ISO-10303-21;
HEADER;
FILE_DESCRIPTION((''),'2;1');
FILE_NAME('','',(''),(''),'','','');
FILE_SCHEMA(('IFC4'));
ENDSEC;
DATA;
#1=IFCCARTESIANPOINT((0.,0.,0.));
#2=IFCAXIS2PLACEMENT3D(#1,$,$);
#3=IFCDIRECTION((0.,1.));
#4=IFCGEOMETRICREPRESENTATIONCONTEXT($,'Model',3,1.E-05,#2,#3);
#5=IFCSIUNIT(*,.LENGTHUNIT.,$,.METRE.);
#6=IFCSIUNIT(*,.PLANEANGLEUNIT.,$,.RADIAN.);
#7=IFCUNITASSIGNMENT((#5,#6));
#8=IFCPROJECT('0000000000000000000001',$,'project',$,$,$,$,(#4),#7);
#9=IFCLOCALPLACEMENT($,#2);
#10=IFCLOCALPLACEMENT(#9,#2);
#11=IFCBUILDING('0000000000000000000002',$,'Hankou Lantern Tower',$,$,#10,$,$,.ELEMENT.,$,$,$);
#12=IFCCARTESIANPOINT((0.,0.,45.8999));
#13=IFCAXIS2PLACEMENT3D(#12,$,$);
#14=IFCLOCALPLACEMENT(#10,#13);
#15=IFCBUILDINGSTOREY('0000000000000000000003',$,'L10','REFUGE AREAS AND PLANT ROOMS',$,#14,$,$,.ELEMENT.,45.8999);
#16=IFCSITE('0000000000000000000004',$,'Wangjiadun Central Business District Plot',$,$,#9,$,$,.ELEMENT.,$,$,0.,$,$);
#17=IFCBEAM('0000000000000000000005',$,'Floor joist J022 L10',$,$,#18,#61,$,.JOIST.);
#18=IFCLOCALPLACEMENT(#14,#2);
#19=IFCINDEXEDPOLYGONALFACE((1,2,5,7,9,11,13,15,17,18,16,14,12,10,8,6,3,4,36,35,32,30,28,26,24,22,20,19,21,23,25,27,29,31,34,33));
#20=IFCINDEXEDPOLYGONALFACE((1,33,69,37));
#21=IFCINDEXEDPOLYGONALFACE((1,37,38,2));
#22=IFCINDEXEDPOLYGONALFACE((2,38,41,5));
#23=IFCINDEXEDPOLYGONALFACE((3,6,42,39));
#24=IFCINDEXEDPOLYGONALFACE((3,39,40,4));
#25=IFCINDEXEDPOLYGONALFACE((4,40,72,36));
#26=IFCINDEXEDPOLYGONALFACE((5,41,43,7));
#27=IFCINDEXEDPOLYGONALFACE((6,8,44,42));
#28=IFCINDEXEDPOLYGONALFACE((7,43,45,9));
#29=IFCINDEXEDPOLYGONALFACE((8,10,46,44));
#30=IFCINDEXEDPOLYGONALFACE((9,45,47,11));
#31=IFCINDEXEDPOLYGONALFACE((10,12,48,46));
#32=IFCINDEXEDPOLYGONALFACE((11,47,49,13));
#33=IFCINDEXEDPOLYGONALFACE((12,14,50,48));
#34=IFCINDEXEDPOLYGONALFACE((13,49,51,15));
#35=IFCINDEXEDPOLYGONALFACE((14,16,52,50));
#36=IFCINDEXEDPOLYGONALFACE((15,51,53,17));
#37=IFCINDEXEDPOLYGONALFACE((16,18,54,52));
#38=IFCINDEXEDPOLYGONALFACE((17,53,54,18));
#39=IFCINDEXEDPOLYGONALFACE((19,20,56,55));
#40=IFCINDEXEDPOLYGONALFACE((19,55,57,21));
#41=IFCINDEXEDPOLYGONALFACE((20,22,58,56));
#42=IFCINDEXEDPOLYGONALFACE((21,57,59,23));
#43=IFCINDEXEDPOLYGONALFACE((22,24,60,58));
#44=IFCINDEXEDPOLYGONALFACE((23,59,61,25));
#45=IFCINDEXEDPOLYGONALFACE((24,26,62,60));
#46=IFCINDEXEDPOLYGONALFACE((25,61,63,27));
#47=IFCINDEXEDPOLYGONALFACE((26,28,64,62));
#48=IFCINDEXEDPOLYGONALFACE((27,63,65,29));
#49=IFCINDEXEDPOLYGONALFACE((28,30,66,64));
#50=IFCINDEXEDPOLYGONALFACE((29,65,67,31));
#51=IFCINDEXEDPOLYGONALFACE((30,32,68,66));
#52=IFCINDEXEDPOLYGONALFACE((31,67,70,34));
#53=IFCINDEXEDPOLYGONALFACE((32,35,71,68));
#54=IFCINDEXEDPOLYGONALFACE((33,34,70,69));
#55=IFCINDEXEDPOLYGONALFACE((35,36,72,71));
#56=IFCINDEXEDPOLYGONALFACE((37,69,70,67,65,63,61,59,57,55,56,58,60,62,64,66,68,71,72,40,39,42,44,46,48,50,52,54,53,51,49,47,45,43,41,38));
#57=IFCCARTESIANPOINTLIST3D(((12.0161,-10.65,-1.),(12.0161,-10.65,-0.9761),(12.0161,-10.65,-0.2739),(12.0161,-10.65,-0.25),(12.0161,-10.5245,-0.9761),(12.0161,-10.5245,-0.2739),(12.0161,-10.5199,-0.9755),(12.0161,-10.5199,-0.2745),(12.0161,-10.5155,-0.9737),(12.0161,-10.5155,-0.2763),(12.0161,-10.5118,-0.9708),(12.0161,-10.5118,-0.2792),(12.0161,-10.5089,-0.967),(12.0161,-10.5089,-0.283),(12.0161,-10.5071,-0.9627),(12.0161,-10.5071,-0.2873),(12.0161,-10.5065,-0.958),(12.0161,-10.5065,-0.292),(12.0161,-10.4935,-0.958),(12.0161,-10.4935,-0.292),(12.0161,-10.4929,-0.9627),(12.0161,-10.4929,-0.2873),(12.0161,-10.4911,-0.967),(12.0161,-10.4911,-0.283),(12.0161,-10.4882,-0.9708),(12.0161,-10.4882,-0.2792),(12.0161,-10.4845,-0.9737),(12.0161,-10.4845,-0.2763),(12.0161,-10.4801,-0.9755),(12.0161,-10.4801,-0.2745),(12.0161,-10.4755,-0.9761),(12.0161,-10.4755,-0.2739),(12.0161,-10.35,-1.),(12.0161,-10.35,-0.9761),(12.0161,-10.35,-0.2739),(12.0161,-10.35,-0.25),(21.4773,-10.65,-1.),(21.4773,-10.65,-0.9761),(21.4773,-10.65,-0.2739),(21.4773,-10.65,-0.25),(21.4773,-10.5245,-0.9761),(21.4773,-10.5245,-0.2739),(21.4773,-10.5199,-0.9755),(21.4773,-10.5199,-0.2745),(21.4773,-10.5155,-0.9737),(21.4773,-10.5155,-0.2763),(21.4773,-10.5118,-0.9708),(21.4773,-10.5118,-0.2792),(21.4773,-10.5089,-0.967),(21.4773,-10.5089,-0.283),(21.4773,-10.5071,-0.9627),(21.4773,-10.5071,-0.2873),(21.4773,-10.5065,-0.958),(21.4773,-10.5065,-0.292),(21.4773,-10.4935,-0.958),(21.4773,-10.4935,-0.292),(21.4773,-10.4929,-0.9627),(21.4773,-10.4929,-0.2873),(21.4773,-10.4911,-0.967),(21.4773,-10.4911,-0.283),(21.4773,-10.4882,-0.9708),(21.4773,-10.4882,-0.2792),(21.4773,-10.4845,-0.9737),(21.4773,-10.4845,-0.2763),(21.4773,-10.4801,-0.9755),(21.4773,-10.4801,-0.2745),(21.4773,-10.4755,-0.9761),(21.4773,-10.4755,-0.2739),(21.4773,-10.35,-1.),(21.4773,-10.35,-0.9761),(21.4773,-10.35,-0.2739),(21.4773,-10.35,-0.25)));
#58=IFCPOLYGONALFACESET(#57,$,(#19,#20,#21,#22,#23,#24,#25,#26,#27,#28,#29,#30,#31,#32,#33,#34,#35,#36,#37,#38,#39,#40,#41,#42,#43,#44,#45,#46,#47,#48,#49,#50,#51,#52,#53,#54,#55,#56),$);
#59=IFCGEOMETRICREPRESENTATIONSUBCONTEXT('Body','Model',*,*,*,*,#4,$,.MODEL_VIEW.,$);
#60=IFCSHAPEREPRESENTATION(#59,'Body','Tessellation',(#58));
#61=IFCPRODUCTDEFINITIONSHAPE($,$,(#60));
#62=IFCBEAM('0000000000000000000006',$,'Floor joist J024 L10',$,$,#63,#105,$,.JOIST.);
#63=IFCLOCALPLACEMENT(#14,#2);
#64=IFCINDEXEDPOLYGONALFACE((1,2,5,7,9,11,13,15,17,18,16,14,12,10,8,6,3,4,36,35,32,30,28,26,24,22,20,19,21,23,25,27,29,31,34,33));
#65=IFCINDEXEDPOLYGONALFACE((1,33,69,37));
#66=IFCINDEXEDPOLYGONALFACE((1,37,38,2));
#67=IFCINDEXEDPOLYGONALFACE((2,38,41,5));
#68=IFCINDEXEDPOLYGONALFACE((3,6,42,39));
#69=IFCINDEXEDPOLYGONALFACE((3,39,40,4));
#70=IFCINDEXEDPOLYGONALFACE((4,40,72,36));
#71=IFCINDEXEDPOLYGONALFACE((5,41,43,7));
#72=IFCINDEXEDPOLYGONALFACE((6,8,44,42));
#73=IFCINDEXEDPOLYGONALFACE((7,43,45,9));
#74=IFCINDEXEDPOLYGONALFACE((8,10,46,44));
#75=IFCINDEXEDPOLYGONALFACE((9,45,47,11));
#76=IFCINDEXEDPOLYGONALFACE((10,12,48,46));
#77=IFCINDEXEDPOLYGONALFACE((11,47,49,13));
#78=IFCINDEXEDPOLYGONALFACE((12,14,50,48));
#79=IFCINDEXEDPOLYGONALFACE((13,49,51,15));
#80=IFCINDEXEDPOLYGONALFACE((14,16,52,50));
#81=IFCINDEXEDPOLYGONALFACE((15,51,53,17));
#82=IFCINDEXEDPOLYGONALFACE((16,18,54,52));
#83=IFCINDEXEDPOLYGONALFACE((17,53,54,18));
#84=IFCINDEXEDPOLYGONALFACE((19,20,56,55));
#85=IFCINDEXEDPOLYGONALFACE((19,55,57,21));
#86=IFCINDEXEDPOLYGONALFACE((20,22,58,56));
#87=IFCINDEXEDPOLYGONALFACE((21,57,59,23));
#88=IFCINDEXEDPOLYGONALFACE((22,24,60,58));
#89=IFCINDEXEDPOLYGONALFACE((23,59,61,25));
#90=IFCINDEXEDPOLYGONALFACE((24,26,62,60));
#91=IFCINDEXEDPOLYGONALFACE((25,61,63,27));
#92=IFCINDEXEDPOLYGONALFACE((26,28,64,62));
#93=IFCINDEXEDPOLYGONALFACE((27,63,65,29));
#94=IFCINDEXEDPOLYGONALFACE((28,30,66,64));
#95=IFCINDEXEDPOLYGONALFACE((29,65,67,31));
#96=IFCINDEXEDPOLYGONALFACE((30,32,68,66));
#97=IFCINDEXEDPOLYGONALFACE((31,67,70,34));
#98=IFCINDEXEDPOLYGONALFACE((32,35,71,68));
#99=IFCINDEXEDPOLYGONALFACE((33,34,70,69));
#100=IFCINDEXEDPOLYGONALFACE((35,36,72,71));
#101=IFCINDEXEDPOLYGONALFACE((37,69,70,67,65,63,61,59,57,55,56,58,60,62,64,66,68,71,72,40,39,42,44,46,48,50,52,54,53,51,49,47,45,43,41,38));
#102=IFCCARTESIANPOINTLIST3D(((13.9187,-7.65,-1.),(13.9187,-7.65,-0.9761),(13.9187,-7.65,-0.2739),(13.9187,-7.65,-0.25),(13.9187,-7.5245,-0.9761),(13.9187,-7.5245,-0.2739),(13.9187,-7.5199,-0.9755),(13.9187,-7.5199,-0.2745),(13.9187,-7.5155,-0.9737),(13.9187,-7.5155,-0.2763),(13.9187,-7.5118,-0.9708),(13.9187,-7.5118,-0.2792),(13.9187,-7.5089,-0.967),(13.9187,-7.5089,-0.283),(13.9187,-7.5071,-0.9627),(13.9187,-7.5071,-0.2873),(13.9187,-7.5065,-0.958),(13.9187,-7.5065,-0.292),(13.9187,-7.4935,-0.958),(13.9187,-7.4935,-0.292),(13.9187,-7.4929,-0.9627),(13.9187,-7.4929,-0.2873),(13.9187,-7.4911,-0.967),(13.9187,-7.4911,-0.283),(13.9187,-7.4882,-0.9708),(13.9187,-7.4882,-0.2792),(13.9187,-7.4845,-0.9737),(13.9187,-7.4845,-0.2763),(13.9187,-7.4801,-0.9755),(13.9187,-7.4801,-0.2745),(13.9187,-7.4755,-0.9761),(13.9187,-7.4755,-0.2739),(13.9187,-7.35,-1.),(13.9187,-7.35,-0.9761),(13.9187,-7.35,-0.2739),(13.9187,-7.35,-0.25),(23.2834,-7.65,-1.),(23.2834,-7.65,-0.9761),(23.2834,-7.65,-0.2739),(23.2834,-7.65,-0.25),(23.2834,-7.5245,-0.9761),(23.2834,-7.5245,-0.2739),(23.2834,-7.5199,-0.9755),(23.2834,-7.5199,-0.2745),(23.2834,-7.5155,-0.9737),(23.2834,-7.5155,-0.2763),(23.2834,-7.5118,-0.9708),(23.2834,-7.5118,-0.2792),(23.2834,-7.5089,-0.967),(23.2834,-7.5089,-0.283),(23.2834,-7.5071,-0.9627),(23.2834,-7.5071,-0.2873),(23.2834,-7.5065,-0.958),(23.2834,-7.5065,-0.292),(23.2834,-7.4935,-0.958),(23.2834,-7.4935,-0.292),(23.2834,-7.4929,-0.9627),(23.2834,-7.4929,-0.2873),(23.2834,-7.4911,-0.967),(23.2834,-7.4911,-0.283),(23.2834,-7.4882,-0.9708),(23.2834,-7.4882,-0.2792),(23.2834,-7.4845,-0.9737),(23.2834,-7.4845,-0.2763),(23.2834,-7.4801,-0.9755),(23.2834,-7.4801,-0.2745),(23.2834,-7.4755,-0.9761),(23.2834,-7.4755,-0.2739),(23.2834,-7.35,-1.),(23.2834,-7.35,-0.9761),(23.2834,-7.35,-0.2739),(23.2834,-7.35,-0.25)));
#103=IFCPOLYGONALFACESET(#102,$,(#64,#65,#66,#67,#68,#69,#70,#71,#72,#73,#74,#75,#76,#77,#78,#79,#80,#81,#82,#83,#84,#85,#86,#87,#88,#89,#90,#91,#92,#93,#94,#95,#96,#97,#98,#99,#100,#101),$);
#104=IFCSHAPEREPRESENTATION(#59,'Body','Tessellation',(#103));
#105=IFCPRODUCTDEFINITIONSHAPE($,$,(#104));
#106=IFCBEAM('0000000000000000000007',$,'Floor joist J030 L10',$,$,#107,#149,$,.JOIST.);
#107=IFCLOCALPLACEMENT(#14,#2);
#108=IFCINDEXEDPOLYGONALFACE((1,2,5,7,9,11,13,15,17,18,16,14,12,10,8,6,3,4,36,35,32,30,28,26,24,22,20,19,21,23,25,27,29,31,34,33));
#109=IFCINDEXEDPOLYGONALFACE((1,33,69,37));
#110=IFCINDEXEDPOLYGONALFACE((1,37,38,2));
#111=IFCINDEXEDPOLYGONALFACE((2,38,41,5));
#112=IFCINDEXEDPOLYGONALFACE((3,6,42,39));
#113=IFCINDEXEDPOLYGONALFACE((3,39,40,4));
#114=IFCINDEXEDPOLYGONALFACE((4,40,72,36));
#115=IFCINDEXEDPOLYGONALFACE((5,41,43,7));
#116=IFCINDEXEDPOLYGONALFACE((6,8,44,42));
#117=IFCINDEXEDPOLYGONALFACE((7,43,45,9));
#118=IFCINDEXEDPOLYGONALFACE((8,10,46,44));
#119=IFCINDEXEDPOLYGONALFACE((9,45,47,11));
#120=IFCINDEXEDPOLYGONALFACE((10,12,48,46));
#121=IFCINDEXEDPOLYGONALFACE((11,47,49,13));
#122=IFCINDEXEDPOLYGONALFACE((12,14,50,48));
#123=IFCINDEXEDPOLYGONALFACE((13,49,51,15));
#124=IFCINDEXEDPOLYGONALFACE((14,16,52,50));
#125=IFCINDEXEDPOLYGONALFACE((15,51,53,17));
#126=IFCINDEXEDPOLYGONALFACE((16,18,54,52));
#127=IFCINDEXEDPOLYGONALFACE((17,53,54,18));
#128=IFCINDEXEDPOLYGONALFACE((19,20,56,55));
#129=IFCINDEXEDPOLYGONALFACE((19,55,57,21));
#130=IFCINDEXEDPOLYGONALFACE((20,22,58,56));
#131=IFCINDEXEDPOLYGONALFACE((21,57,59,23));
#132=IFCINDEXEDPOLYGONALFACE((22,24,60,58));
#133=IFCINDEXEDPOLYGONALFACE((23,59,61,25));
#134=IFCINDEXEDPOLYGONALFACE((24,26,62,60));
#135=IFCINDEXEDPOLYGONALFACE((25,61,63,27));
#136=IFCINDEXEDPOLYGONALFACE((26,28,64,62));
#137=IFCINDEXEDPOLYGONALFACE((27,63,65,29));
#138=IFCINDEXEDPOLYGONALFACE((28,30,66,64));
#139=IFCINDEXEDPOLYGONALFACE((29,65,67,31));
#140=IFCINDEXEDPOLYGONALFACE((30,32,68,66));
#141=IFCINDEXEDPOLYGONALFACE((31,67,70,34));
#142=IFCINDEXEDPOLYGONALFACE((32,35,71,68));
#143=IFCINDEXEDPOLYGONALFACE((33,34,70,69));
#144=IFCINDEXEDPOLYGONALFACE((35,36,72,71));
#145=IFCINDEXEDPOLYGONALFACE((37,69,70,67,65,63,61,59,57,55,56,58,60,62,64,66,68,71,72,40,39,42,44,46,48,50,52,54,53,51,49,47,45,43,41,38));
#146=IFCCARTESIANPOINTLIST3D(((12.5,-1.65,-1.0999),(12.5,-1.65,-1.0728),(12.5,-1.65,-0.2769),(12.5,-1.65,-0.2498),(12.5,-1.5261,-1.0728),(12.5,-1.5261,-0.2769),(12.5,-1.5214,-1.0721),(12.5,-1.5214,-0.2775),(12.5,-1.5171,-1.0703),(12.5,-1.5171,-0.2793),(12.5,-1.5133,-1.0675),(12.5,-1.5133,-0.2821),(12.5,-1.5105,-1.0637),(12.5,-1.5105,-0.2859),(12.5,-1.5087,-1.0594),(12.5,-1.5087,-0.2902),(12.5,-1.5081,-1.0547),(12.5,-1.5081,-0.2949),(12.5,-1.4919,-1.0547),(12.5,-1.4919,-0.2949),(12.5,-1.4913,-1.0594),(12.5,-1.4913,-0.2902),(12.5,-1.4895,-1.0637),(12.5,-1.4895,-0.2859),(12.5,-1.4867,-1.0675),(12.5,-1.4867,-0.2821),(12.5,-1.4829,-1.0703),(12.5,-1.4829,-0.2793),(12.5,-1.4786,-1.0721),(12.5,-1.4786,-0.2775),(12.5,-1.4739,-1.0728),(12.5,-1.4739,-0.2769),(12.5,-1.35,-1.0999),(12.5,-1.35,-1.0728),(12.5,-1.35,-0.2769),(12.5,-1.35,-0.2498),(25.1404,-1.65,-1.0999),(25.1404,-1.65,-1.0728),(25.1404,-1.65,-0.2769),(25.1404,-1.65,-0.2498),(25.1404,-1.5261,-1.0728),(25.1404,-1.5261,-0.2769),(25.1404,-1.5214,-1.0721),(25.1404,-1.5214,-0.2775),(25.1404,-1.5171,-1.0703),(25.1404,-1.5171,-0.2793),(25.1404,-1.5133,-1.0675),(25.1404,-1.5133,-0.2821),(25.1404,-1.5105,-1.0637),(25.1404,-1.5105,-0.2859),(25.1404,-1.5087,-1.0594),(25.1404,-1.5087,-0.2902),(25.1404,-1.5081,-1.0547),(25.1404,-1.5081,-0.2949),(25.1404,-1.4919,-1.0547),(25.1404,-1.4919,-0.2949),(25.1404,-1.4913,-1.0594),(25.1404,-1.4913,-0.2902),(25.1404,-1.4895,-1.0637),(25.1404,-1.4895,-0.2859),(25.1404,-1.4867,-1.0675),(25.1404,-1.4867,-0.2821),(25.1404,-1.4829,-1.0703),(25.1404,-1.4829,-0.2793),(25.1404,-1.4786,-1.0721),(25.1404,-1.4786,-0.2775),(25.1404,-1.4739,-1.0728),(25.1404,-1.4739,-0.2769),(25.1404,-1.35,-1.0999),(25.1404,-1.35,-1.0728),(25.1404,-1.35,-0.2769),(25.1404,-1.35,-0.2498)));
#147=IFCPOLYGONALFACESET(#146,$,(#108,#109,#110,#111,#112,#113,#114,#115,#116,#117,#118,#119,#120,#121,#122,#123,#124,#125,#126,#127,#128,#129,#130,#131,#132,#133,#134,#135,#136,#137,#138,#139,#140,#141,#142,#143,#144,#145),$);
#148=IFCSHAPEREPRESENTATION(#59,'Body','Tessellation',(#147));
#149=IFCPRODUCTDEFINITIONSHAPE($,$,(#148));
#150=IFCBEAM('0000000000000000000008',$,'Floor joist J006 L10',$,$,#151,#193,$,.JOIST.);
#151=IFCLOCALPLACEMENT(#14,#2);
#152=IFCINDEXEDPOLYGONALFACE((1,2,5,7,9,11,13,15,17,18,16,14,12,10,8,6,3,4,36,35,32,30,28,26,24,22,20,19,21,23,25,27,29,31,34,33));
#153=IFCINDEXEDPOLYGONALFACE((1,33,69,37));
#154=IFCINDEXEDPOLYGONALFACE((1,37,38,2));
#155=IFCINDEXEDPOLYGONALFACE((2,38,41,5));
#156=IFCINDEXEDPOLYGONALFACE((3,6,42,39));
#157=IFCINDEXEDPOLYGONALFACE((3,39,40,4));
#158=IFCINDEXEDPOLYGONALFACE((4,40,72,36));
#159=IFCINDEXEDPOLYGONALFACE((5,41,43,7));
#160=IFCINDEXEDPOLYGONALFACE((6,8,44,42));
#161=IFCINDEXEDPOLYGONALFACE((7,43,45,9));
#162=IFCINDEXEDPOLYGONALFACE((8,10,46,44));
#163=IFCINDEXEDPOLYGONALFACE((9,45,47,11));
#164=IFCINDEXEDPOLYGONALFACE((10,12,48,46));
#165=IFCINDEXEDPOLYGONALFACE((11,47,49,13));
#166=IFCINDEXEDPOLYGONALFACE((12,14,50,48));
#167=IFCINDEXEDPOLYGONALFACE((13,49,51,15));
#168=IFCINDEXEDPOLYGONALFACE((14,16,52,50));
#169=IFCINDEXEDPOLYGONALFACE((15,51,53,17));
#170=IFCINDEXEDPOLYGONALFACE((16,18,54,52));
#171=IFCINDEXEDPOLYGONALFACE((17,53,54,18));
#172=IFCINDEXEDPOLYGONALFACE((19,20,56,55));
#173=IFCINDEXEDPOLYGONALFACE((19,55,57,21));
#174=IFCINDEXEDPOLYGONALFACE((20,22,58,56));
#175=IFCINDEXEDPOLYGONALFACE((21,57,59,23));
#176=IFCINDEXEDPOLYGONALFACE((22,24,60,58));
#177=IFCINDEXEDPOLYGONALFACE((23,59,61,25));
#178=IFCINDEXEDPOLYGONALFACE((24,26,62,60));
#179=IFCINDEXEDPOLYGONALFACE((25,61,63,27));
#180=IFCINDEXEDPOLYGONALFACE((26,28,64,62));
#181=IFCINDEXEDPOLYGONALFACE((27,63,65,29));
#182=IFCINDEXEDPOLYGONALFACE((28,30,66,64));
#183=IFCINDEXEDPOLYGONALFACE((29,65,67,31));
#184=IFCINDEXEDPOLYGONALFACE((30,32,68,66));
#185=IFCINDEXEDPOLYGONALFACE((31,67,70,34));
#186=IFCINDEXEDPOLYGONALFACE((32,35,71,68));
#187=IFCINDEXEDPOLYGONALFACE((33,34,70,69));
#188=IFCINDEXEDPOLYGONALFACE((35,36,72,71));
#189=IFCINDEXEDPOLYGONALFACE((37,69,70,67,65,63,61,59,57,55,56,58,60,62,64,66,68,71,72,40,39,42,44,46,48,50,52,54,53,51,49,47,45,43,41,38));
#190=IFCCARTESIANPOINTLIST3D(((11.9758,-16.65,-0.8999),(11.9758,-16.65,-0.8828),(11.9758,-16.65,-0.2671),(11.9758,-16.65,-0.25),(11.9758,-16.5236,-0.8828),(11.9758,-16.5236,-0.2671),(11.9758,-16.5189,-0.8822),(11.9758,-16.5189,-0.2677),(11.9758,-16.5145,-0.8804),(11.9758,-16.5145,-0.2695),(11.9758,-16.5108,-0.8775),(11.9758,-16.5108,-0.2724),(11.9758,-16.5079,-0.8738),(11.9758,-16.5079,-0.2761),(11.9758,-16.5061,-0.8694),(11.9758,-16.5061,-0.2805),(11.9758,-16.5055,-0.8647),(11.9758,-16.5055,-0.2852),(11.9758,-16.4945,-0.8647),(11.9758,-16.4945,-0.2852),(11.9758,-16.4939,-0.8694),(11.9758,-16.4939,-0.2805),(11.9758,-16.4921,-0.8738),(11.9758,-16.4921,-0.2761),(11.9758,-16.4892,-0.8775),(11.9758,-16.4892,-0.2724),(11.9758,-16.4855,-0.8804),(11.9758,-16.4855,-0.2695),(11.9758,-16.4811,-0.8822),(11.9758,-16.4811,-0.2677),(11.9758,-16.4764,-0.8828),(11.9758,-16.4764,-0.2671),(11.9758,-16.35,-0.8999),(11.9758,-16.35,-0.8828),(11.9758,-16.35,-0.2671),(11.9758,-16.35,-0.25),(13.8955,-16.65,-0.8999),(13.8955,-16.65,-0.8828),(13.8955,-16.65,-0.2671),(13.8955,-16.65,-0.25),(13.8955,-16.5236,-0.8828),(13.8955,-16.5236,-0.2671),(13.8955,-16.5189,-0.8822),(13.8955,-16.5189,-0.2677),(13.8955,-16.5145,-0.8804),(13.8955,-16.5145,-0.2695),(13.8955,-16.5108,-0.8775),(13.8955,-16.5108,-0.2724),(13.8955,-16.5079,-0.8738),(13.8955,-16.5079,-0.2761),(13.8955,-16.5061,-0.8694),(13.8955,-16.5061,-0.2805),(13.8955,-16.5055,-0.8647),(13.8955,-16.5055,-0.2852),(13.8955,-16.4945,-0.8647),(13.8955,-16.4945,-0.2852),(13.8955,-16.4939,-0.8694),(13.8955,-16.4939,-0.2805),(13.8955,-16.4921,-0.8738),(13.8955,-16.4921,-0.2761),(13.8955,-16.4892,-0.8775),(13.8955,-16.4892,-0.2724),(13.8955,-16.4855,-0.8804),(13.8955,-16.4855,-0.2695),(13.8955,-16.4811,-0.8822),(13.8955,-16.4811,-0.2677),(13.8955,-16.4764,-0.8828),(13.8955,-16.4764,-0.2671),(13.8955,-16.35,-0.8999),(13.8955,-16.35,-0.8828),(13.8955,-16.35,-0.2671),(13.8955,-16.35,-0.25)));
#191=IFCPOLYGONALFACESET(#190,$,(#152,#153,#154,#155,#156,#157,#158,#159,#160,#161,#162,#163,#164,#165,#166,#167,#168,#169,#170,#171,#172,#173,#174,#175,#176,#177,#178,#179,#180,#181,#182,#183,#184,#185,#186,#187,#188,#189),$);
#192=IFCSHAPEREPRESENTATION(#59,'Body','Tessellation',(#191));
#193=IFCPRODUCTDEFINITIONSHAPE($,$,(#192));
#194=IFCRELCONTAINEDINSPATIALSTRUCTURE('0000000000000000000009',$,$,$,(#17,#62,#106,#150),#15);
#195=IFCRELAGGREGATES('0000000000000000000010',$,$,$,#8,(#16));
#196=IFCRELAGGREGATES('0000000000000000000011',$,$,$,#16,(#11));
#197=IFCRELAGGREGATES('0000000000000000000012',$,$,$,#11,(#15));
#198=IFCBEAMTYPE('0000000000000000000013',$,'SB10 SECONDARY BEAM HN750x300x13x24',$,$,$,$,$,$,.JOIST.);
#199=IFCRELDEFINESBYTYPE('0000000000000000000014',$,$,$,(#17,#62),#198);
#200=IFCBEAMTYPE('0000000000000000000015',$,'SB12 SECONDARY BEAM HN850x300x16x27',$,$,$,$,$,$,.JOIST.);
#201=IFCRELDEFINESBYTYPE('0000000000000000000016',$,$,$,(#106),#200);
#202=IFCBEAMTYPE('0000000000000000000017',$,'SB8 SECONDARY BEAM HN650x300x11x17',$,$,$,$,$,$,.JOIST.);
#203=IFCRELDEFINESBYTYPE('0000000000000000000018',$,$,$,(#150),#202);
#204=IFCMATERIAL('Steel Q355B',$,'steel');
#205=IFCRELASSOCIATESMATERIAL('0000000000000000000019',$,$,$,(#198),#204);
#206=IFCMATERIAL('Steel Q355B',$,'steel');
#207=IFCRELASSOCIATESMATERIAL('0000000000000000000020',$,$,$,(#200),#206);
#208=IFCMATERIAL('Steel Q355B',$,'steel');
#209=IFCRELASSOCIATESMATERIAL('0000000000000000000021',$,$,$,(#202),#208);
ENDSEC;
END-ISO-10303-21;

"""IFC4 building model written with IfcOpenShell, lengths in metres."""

from ifc_helpers import new_model, si_unit, direction, frame, origin, origin_2d, place, context, subcontext, project, spatial, i_section, extrude, material, material_profile, profile_set, type_object, element, save


model = new_model("IFC4")

# Units and contexts
model_context = context("Model", 3, precision=1e-05, world=origin(), true_north=direction((0.0, 1.0)))
body_context = subcontext(model_context, "Body", "Model", "MODEL_VIEW")
ifc_project = project(units=[si_unit("LENGTHUNIT", "METRE"), si_unit("PLANEANGLEUNIT", "RADIAN")], contexts=[model_context])

# Site, building, storey
site_placement = place(None, origin())
site = spatial("IfcSite", under=ifc_project, at=site_placement, Name="Wangjiadun Central Business District Plot", CompositionType="ELEMENT", RefElevation=0.0)
building_placement = place(site_placement, origin())
building = spatial("IfcBuilding", under=site, at=building_placement, Name="Hankou Lantern Tower", CompositionType="ELEMENT")
storey_placement = place(building_placement, frame((0.0, 0.0, 45.8999)))
storey = spatial("IfcBuildingStorey", under=building, at=storey_placement, Name="L10", Description="REFUGE AREAS AND PLANT ROOMS", CompositionType="ELEMENT", Elevation=45.8999)

# Beams
ifc_material_1 = material(Name="Steel Q355B", Category="steel")
ifc_material_profile_1 = material_profile(ifc_material_1, i_section(OverallWidth=0.3, OverallDepth=0.75, WebThickness=0.0129, FlangeThickness=0.0239, FilletRadius=0.0181, at=origin_2d()), Name="HN750x300x13x24")
ifc_profile_set_1 = profile_set([ifc_material_profile_1], Name="Steel Q355B")
beam_type_1 = type_object("IfcBeamType", Name="SB10 SECONDARY BEAM HN750x300x13x24", PredefinedType="JOIST", material=ifc_profile_set_1)
beam_1_placement = place(storey_placement, frame((12.0161, -10.5, -0.625), z_axis=(1.0, 0.0, 0.0), x_axis=(0.0, 1.0, 0.0)))
element("IfcBeam", 1, at=beam_1_placement, inside=storey, type_object=beam_type_1, Name="Floor joist J022 L10", PredefinedType="JOIST", context=body_context, shape_type="SweptSolid", body=[
    extrude(i_section(OverallWidth=0.3, OverallDepth=0.75, WebThickness=0.0129, FlangeThickness=0.0239, FilletRadius=0.0181, at=origin_2d()), origin(), (0.0, 0.0, 1.0), 9.4612),
])
beam_2_placement = place(storey_placement, frame((13.9187, -7.5, -0.625), z_axis=(1.0, 0.0, 0.0), x_axis=(0.0, 1.0, 0.0)))
element("IfcBeam", 2, at=beam_2_placement, inside=storey, type_object=beam_type_1, Name="Floor joist J024 L10", PredefinedType="JOIST", context=body_context, shape_type="SweptSolid", body=[
    extrude(i_section(OverallWidth=0.3, OverallDepth=0.75, WebThickness=0.0129, FlangeThickness=0.0239, FilletRadius=0.0181, at=origin_2d()), origin(), (0.0, 0.0, 1.0), 9.3647),
])
ifc_material_2 = material(Name="Steel Q355B", Category="steel")
ifc_material_profile_2 = material_profile(ifc_material_2, i_section(OverallWidth=0.3, OverallDepth=0.8501, WebThickness=0.0161, FlangeThickness=0.0271, FilletRadius=0.0181, at=origin_2d()), Name="HN850x300x16x27")
ifc_profile_set_2 = profile_set([ifc_material_profile_2], Name="Steel Q355B")
beam_type_2 = type_object("IfcBeamType", Name="SB12 SECONDARY BEAM HN850x300x16x27", PredefinedType="JOIST", material=ifc_profile_set_2)
beam_3_placement = place(storey_placement, frame((12.5, -1.5, -0.6748), z_axis=(1.0, 0.0, 0.0), x_axis=(0.0, 1.0, 0.0)))
element("IfcBeam", 3, at=beam_3_placement, inside=storey, type_object=beam_type_2, Name="Floor joist J030 L10", PredefinedType="JOIST", context=body_context, shape_type="SweptSolid", body=[
    extrude(i_section(OverallWidth=0.3, OverallDepth=0.8501, WebThickness=0.0161, FlangeThickness=0.0271, FilletRadius=0.0181, at=origin_2d()), origin(), (0.0, 0.0, 1.0), 12.6404),
])
ifc_material_3 = material(Name="Steel Q355B", Category="steel")
ifc_material_profile_3 = material_profile(ifc_material_3, i_section(OverallWidth=0.3, OverallDepth=0.6499, WebThickness=0.011, FlangeThickness=0.0171, FilletRadius=0.0181, at=origin_2d()), Name="HN650x300x11x17")
ifc_profile_set_3 = profile_set([ifc_material_profile_3], Name="Steel Q355B")
beam_type_3 = type_object("IfcBeamType", Name="SB8 SECONDARY BEAM HN650x300x11x17", PredefinedType="JOIST", material=ifc_profile_set_3)
beam_4_placement = place(storey_placement, frame((11.9758, -16.5, -0.575), z_axis=(1.0, 0.0, 0.0), x_axis=(0.0, 1.0, 0.0)))
element("IfcBeam", 4, at=beam_4_placement, inside=storey, type_object=beam_type_3, Name="Floor joist J006 L10", PredefinedType="JOIST", context=body_context, shape_type="SweptSolid", body=[
    extrude(i_section(OverallWidth=0.3, OverallDepth=0.6499, WebThickness=0.011, FlangeThickness=0.0171, FilletRadius=0.0181, at=origin_2d()), origin(), (0.0, 0.0, 1.0), 1.9197),
])

save(model, "model.ifc")
